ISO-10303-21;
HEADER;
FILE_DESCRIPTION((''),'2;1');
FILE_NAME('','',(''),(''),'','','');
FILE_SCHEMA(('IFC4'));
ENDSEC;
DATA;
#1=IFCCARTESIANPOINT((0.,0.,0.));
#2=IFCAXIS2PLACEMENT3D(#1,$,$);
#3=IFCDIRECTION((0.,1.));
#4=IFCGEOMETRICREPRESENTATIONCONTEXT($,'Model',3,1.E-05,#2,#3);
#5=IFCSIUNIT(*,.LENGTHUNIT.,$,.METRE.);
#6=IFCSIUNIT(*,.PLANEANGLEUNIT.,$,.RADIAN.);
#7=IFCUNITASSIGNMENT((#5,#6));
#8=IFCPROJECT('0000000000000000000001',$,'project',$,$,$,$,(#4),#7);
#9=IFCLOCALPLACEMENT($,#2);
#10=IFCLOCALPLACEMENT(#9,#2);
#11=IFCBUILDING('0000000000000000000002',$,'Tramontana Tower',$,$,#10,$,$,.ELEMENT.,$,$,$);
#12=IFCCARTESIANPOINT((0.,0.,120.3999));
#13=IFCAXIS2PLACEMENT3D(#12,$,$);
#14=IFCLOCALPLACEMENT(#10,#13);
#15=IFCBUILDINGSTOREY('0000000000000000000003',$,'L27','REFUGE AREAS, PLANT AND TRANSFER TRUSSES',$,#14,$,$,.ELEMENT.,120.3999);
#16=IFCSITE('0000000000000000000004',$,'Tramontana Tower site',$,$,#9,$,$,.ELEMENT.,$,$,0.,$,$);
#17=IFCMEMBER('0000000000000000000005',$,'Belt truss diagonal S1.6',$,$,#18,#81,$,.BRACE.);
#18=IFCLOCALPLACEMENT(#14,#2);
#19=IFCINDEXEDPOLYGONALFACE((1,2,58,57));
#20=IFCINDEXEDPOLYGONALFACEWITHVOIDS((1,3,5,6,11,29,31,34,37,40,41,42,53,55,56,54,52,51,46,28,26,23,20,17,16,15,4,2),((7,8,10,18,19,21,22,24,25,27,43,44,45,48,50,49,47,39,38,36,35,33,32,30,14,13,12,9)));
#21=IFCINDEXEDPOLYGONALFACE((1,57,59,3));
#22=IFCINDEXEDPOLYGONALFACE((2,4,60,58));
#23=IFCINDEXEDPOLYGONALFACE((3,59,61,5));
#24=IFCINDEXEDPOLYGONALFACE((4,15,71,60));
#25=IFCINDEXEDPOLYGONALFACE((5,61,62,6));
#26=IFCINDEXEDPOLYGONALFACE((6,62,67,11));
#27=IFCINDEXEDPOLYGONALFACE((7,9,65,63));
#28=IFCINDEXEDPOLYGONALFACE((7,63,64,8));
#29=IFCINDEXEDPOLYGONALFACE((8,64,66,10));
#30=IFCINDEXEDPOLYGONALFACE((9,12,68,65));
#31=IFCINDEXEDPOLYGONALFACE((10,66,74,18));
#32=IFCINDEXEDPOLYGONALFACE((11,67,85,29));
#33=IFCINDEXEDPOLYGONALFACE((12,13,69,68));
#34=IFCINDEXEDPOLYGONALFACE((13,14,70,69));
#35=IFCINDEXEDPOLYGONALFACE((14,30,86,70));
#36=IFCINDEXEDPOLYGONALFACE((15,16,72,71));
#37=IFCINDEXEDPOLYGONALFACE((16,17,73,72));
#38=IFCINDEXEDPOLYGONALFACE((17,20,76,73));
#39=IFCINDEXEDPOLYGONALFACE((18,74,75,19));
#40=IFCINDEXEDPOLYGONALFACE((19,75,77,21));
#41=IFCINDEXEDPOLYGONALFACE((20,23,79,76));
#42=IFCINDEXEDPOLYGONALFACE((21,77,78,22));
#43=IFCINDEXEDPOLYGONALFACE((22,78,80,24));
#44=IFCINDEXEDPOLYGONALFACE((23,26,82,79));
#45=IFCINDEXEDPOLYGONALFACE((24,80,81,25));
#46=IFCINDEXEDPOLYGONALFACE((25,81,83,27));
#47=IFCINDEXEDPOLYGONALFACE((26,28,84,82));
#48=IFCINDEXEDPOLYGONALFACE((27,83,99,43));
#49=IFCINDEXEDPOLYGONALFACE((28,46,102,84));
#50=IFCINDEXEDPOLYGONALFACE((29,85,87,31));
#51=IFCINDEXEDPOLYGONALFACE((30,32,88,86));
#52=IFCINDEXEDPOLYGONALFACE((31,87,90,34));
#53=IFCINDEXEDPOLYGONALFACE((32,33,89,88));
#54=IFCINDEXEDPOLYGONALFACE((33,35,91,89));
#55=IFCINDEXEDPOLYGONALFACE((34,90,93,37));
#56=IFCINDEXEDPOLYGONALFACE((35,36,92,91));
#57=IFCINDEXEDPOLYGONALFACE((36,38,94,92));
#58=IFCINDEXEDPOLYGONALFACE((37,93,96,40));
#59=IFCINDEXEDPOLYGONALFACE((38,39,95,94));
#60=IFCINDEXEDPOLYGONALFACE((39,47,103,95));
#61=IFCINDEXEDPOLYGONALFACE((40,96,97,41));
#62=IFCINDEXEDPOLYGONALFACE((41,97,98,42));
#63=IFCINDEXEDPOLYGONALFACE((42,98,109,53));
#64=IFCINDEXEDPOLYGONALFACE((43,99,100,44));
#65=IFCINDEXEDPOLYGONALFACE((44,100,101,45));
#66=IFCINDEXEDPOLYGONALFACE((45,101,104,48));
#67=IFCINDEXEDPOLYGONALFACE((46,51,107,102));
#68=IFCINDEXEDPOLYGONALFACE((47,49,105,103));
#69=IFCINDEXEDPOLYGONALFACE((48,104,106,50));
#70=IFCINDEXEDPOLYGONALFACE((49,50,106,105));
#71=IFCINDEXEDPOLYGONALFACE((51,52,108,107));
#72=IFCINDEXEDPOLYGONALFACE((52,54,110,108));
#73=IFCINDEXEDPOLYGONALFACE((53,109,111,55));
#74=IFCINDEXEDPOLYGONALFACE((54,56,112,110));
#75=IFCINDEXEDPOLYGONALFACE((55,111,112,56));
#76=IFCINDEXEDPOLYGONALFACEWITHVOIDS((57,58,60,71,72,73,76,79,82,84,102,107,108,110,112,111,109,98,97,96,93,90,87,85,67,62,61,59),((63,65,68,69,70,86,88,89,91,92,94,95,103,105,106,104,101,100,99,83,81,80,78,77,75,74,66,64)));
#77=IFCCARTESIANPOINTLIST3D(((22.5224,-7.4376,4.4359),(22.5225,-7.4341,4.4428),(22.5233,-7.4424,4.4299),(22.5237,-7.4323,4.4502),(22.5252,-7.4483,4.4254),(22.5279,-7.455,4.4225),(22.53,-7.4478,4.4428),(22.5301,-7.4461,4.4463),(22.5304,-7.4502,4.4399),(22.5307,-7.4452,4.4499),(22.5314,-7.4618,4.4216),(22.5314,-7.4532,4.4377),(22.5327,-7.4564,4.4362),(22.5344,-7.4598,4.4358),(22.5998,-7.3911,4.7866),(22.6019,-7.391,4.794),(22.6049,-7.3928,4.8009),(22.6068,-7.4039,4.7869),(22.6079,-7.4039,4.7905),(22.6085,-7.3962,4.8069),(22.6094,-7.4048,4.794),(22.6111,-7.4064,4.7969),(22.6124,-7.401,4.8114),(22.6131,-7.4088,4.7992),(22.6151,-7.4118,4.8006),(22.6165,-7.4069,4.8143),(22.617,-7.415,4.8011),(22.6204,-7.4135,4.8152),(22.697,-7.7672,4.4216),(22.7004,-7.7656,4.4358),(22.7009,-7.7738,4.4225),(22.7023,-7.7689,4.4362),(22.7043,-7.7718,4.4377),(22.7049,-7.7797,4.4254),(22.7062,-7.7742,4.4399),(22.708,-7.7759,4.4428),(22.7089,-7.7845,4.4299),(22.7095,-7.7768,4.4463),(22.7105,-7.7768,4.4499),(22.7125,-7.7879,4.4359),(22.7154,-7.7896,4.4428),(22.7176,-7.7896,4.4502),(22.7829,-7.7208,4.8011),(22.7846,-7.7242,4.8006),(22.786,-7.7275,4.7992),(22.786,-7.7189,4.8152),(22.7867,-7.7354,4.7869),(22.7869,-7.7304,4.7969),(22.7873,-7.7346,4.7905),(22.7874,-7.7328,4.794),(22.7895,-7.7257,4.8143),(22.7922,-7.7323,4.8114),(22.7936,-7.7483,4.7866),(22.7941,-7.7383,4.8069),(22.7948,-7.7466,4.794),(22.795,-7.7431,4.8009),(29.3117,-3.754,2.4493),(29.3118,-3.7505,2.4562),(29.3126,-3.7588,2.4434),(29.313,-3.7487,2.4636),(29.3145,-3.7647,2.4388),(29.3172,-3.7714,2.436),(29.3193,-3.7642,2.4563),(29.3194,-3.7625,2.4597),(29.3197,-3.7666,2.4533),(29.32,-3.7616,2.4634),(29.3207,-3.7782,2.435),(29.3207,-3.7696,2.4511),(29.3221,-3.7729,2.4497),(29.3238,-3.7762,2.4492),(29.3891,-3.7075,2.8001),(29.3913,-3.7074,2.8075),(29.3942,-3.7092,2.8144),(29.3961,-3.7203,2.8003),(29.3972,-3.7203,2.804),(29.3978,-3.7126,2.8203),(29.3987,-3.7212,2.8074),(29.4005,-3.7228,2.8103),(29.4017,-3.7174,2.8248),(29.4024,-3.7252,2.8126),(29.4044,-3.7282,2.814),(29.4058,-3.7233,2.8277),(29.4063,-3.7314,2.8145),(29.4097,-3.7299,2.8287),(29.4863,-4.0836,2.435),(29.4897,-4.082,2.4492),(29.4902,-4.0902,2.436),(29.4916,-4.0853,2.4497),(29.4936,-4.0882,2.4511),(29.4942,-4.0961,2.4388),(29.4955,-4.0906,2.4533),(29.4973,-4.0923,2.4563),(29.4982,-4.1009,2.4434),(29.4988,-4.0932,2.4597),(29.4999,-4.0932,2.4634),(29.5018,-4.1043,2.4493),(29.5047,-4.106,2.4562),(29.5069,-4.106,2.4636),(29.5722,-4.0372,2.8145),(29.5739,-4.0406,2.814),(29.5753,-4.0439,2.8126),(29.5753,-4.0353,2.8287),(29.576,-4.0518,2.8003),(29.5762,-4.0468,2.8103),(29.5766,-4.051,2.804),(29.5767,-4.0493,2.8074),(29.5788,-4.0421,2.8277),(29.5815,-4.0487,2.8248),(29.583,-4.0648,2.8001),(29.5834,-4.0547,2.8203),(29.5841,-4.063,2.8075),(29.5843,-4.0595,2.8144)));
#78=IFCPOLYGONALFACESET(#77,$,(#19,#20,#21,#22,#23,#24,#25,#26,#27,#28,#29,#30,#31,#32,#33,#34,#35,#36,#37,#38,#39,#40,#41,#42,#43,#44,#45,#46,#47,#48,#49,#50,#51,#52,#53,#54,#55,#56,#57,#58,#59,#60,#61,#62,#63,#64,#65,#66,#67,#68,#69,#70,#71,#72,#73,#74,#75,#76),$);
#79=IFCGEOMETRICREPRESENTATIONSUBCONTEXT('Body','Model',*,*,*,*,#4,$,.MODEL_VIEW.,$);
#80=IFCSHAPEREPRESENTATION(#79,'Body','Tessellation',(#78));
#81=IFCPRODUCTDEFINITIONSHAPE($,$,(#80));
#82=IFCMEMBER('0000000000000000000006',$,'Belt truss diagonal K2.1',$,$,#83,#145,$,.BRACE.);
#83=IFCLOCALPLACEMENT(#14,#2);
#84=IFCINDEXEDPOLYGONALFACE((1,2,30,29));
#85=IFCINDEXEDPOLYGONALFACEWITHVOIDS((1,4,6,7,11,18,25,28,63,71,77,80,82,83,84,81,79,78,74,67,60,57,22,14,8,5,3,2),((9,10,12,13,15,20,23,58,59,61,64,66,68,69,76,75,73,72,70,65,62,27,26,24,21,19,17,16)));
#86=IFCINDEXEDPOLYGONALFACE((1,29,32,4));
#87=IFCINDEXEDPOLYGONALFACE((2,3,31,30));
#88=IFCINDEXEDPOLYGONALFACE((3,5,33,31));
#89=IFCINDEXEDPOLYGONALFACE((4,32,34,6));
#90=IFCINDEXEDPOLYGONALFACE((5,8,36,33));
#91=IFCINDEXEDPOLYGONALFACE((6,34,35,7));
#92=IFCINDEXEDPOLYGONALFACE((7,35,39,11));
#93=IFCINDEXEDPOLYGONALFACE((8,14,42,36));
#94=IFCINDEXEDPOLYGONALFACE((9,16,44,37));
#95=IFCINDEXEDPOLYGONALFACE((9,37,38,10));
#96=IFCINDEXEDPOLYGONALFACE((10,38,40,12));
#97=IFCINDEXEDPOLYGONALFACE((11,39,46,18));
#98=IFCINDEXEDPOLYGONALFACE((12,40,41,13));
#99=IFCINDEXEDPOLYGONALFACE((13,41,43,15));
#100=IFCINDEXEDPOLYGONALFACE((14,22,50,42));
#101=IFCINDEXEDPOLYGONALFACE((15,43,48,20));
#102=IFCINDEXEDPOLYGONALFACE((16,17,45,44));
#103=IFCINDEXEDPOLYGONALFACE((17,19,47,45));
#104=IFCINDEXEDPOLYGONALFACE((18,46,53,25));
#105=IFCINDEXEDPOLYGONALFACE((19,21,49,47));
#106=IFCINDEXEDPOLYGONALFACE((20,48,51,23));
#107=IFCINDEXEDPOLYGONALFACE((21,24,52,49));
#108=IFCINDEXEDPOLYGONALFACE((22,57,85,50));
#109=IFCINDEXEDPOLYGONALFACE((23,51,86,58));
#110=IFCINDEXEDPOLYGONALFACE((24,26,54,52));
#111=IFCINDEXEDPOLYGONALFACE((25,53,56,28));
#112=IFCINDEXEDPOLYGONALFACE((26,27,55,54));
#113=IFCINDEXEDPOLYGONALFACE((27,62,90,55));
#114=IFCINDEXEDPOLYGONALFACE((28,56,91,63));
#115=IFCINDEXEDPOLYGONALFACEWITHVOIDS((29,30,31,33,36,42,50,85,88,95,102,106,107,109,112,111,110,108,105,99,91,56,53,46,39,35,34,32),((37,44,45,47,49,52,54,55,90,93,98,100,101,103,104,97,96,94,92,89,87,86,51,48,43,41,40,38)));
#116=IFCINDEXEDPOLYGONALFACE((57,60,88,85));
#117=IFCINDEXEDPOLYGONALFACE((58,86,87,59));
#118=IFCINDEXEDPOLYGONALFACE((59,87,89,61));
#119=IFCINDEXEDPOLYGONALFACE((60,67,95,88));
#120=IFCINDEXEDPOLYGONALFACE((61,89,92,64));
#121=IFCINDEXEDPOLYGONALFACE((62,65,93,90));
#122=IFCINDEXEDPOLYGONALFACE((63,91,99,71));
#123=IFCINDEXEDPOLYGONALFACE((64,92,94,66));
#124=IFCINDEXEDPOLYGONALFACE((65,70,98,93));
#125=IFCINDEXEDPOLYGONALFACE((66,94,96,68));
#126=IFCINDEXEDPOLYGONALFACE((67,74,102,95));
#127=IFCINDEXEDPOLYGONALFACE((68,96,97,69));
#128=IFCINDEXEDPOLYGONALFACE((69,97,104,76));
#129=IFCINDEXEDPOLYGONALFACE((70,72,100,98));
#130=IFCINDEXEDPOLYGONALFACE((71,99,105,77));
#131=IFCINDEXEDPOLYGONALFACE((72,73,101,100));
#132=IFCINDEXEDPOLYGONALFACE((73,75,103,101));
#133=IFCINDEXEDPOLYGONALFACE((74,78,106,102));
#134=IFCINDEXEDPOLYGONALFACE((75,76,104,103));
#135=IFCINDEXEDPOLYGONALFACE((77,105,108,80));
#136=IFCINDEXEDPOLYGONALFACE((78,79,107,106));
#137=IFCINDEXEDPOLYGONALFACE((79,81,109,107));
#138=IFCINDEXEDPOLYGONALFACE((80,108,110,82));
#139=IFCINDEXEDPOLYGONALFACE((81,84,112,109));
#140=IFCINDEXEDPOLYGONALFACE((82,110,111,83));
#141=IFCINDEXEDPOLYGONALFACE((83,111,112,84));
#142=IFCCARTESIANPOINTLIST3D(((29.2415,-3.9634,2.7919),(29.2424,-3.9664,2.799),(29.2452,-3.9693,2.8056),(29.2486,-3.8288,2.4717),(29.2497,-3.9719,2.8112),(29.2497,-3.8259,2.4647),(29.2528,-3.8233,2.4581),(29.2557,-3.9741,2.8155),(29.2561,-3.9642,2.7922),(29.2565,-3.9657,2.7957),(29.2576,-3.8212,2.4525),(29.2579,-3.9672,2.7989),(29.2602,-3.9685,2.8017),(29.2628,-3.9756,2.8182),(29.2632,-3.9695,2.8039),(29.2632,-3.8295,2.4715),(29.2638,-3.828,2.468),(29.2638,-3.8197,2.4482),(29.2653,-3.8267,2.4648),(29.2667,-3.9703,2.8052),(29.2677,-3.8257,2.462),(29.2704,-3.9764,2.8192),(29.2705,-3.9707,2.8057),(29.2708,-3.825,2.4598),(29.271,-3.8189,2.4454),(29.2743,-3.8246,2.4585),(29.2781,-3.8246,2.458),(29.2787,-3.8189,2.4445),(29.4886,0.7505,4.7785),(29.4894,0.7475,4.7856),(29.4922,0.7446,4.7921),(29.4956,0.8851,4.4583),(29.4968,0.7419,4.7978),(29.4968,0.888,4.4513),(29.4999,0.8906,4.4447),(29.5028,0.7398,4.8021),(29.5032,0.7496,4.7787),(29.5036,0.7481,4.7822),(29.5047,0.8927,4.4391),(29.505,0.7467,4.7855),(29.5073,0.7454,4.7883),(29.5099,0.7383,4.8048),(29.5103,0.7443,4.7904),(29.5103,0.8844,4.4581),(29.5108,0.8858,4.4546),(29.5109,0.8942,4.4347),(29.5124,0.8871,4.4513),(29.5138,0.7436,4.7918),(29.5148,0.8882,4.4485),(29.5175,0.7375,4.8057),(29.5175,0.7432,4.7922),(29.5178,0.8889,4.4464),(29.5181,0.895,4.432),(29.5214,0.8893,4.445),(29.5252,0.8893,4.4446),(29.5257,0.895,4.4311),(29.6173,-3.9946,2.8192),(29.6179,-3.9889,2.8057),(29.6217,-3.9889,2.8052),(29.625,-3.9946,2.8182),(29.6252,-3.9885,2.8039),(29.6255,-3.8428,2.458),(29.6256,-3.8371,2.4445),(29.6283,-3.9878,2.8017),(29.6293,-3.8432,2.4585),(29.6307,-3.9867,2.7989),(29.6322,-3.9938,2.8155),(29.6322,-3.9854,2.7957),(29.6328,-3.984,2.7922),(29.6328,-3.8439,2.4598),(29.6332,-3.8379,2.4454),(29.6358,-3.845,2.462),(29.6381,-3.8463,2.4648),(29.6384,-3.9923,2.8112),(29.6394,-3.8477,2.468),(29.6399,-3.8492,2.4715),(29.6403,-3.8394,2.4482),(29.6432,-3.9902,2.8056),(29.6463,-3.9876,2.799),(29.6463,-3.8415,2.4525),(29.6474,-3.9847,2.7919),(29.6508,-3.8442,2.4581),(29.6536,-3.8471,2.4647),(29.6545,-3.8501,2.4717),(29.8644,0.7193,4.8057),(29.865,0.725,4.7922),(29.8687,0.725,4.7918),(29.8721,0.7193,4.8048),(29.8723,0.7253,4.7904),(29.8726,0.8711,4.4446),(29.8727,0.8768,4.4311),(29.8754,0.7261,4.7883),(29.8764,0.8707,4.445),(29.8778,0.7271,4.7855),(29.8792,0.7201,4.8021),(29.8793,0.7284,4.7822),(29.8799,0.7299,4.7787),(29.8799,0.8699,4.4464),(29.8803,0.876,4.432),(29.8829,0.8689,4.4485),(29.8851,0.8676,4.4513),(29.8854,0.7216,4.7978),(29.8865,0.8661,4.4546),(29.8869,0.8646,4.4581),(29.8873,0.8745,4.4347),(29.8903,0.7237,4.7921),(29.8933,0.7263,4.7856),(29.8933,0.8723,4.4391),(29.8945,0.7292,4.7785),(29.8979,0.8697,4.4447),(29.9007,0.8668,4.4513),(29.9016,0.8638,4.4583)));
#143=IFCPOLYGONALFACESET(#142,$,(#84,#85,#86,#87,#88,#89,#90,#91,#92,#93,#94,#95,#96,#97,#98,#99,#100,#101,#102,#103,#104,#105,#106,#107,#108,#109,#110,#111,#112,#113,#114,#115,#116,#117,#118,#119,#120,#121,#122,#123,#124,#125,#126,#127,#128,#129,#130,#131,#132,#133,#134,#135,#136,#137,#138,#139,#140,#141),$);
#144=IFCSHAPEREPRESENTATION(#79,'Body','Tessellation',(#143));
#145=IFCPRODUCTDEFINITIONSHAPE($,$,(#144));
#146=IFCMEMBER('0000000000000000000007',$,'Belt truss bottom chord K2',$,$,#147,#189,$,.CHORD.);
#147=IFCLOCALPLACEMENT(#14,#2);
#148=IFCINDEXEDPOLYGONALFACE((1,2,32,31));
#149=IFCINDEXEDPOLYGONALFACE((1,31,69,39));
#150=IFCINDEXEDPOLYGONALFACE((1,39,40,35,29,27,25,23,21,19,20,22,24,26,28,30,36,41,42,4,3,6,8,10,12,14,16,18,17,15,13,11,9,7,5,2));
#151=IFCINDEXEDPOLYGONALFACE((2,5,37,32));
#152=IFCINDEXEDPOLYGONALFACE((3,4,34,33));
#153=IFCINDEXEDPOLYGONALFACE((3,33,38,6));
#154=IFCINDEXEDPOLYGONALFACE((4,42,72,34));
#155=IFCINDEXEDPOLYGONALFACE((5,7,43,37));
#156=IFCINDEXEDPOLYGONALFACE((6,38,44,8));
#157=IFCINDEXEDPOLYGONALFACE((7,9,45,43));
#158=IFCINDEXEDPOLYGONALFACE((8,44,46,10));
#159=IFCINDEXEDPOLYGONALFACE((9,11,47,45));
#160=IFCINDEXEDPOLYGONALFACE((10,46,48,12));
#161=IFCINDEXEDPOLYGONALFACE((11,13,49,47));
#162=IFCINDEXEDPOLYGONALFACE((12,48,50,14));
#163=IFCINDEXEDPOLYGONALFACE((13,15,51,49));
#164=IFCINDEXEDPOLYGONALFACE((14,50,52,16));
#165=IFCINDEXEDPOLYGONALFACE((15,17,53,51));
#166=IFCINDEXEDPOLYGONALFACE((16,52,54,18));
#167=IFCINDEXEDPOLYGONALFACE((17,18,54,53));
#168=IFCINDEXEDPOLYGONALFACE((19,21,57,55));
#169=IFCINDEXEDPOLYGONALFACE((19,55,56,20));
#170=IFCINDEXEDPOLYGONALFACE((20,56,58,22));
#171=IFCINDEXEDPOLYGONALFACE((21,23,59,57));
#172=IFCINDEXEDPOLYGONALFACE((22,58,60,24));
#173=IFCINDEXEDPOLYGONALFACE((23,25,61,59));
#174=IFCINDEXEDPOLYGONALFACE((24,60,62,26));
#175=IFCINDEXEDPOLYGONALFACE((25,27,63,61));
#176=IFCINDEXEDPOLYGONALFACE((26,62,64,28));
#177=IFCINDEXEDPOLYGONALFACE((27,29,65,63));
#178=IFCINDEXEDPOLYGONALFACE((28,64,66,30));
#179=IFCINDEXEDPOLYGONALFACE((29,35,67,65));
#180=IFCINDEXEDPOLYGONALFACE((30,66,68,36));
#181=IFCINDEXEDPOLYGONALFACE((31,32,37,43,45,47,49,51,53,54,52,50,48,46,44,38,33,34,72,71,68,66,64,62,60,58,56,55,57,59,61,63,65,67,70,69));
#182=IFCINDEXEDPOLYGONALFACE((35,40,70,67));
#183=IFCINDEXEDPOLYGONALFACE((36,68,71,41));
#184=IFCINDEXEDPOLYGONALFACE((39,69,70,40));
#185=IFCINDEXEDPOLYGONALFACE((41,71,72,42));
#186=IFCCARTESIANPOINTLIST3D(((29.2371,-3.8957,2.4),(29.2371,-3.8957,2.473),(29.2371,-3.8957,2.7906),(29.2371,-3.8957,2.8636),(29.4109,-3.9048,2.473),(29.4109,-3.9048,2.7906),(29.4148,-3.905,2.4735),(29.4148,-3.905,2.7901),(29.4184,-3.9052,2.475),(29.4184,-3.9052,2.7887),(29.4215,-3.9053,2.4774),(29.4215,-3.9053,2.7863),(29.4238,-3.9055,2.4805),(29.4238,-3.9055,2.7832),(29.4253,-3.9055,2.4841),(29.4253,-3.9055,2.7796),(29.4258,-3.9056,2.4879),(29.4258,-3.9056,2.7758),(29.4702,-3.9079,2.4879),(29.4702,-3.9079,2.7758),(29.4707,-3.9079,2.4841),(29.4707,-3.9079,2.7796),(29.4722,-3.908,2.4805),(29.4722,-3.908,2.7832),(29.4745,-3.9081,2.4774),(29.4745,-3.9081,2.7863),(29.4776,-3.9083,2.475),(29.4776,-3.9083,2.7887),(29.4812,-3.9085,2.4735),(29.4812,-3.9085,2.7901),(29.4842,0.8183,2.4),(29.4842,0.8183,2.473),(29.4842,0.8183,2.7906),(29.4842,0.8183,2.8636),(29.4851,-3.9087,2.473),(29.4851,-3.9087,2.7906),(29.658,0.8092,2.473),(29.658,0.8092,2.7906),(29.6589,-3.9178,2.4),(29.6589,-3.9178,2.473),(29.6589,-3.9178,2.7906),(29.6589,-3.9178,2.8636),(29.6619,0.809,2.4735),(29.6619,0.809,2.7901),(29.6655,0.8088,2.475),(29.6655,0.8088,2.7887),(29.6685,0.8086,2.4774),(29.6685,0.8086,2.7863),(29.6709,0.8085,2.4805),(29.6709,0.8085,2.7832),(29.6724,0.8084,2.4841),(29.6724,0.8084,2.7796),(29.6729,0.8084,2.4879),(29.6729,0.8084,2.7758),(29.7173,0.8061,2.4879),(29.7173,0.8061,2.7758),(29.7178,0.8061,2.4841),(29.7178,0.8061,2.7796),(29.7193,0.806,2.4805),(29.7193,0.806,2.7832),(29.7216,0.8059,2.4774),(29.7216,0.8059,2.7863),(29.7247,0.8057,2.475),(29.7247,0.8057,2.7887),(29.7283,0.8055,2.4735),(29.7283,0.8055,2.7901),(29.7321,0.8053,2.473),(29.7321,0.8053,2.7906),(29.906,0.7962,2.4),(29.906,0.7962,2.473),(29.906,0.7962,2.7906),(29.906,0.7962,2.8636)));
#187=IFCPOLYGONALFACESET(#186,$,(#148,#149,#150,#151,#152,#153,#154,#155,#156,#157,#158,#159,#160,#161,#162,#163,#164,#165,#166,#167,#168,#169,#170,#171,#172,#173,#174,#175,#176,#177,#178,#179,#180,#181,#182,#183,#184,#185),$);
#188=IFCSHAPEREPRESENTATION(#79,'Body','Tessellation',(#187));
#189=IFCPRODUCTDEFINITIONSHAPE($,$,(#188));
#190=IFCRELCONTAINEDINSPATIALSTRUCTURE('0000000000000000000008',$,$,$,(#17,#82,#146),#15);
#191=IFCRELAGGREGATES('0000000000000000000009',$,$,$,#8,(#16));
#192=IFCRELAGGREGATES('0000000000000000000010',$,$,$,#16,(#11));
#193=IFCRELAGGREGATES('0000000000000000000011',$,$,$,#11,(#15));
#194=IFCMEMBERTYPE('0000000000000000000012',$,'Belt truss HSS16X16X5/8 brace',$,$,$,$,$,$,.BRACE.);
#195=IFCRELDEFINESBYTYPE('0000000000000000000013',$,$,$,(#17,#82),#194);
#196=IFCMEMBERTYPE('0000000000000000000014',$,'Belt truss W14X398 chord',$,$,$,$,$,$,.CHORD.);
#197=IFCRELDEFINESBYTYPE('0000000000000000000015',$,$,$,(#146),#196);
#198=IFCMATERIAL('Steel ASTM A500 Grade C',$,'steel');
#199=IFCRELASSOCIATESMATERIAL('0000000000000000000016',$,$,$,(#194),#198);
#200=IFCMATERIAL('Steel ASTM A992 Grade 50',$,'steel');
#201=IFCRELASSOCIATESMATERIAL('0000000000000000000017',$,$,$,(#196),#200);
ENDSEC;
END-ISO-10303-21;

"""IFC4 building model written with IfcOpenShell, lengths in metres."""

from ifc_helpers import new_model, si_unit, direction, frame, origin, origin_2d, place, context, subcontext, project, spatial, hollow_rectangle, i_section, extrude, material, material_profile, profile_set, type_object, element, save


model = new_model("IFC4")

# Units and contexts
model_context = context("Model", 3, precision=1e-05, world=origin(), true_north=direction((0.0, 1.0)))
body_context = subcontext(model_context, "Body", "Model", "MODEL_VIEW")
ifc_project = project(units=[si_unit("LENGTHUNIT", "METRE"), si_unit("PLANEANGLEUNIT", "RADIAN")], contexts=[model_context])

# Site, building, storey
site_placement = place(None, origin())
site = spatial("IfcSite", under=ifc_project, at=site_placement, Name="Tramontana Tower site", CompositionType="ELEMENT", RefElevation=0.0)
building_placement = place(site_placement, origin())
building = spatial("IfcBuilding", under=site, at=building_placement, Name="Tramontana Tower", CompositionType="ELEMENT")
storey_placement = place(building_placement, frame((0.0, 0.0, 120.3999)))
storey = spatial("IfcBuildingStorey", under=building, at=storey_placement, Name="L27", Description="REFUGE AREAS, PLANT AND TRANSFER TRUSSES", CompositionType="ELEMENT", Elevation=120.3999)

# Members
ifc_material_1 = material(Name="Steel ASTM A500 Grade C", Category="steel")
ifc_material_profile_1 = material_profile(ifc_material_1, hollow_rectangle(XDim=0.4065, YDim=0.4065, WallThickness=0.0146, InnerFilletRadius=0.0146, OuterFilletRadius=0.0295, at=origin_2d()), Name="HSS16X16X5/8")
ifc_profile_set_1 = profile_set([ifc_material_profile_1], Name="Steel ASTM A500 Grade C")
member_type_1 = type_object("IfcMemberType", Name="Belt truss HSS16X16X5/8 brace", PredefinedType="BRACE", material=ifc_profile_set_1)
member_1_placement = place(storey_placement, frame((22.6587, -7.5903, 4.6184), z_axis=(0.851261, 0.461859, -0.249082), x_axis=(-0.476889, 0.878964, 0.0)))
element("IfcMember", 1, at=member_1_placement, inside=storey, type_object=member_type_1, Name="Belt truss diagonal S1.6", PredefinedType="BRACE", context=body_context, shape_type="SweptSolid", body=[
    extrude(hollow_rectangle(XDim=0.4065, YDim=0.4065, WallThickness=0.0146, InnerFilletRadius=0.0146, OuterFilletRadius=0.0295, at=origin_2d()), origin(), (0.0, 0.0, 1.0), 7.9756),
])
member_2_placement = place(storey_placement, frame((29.448, -3.9067, 2.6318), z_axis=(0.048243, 0.920437, 0.387901), x_axis=(-0.998629, 0.052342, 0.0)))
element("IfcMember", 2, at=member_2_placement, inside=storey, type_object=member_type_1, Name="Belt truss diagonal K2.1", PredefinedType="BRACE", context=body_context, shape_type="SweptSolid", body=[
    extrude(hollow_rectangle(XDim=0.4065, YDim=0.4065, WallThickness=0.0146, InnerFilletRadius=0.0146, OuterFilletRadius=0.0295, at=origin_2d()), origin(), (0.0, 0.0, 1.0), 5.1213),
])
ifc_material_2 = material(Name="Steel ASTM A992 Grade 50", Category="steel")
ifc_material_profile_2 = material_profile(ifc_material_2, i_section(OverallWidth=0.4224, OverallDepth=0.4636, WebThickness=0.0444, FlangeThickness=0.073, FilletRadius=0.0149, at=origin_2d()), Name="W14X398")
ifc_profile_set_2 = profile_set([ifc_material_profile_2], Name="Steel ASTM A992 Grade 50")
member_type_2 = type_object("IfcMemberType", Name="Belt truss W14X398 chord", PredefinedType="CHORD", material=ifc_profile_set_2)
for number, where, z_axis, x_axis, name in (
    (3, (29.448, -3.9067, 2.6318), (0.052342, 0.998629, 0.0), (-0.998629, 0.052342, 0.0), "Belt truss bottom chord K2"),
):
    element("IfcMember", number, at=place(storey_placement, frame(where, z_axis=z_axis, x_axis=x_axis)), inside=storey, type_object=member_type_2, Name=name, PredefinedType="CHORD", context=body_context, shape_type="SweptSolid", body=[
        extrude(i_section(OverallWidth=0.4224, OverallDepth=0.4636, WebThickness=0.0444, FlangeThickness=0.073, FilletRadius=0.0149, at=origin_2d()), origin(), (0.0, 0.0, 1.0), 4.7205),
    ])

save(model, "model.ifc")
